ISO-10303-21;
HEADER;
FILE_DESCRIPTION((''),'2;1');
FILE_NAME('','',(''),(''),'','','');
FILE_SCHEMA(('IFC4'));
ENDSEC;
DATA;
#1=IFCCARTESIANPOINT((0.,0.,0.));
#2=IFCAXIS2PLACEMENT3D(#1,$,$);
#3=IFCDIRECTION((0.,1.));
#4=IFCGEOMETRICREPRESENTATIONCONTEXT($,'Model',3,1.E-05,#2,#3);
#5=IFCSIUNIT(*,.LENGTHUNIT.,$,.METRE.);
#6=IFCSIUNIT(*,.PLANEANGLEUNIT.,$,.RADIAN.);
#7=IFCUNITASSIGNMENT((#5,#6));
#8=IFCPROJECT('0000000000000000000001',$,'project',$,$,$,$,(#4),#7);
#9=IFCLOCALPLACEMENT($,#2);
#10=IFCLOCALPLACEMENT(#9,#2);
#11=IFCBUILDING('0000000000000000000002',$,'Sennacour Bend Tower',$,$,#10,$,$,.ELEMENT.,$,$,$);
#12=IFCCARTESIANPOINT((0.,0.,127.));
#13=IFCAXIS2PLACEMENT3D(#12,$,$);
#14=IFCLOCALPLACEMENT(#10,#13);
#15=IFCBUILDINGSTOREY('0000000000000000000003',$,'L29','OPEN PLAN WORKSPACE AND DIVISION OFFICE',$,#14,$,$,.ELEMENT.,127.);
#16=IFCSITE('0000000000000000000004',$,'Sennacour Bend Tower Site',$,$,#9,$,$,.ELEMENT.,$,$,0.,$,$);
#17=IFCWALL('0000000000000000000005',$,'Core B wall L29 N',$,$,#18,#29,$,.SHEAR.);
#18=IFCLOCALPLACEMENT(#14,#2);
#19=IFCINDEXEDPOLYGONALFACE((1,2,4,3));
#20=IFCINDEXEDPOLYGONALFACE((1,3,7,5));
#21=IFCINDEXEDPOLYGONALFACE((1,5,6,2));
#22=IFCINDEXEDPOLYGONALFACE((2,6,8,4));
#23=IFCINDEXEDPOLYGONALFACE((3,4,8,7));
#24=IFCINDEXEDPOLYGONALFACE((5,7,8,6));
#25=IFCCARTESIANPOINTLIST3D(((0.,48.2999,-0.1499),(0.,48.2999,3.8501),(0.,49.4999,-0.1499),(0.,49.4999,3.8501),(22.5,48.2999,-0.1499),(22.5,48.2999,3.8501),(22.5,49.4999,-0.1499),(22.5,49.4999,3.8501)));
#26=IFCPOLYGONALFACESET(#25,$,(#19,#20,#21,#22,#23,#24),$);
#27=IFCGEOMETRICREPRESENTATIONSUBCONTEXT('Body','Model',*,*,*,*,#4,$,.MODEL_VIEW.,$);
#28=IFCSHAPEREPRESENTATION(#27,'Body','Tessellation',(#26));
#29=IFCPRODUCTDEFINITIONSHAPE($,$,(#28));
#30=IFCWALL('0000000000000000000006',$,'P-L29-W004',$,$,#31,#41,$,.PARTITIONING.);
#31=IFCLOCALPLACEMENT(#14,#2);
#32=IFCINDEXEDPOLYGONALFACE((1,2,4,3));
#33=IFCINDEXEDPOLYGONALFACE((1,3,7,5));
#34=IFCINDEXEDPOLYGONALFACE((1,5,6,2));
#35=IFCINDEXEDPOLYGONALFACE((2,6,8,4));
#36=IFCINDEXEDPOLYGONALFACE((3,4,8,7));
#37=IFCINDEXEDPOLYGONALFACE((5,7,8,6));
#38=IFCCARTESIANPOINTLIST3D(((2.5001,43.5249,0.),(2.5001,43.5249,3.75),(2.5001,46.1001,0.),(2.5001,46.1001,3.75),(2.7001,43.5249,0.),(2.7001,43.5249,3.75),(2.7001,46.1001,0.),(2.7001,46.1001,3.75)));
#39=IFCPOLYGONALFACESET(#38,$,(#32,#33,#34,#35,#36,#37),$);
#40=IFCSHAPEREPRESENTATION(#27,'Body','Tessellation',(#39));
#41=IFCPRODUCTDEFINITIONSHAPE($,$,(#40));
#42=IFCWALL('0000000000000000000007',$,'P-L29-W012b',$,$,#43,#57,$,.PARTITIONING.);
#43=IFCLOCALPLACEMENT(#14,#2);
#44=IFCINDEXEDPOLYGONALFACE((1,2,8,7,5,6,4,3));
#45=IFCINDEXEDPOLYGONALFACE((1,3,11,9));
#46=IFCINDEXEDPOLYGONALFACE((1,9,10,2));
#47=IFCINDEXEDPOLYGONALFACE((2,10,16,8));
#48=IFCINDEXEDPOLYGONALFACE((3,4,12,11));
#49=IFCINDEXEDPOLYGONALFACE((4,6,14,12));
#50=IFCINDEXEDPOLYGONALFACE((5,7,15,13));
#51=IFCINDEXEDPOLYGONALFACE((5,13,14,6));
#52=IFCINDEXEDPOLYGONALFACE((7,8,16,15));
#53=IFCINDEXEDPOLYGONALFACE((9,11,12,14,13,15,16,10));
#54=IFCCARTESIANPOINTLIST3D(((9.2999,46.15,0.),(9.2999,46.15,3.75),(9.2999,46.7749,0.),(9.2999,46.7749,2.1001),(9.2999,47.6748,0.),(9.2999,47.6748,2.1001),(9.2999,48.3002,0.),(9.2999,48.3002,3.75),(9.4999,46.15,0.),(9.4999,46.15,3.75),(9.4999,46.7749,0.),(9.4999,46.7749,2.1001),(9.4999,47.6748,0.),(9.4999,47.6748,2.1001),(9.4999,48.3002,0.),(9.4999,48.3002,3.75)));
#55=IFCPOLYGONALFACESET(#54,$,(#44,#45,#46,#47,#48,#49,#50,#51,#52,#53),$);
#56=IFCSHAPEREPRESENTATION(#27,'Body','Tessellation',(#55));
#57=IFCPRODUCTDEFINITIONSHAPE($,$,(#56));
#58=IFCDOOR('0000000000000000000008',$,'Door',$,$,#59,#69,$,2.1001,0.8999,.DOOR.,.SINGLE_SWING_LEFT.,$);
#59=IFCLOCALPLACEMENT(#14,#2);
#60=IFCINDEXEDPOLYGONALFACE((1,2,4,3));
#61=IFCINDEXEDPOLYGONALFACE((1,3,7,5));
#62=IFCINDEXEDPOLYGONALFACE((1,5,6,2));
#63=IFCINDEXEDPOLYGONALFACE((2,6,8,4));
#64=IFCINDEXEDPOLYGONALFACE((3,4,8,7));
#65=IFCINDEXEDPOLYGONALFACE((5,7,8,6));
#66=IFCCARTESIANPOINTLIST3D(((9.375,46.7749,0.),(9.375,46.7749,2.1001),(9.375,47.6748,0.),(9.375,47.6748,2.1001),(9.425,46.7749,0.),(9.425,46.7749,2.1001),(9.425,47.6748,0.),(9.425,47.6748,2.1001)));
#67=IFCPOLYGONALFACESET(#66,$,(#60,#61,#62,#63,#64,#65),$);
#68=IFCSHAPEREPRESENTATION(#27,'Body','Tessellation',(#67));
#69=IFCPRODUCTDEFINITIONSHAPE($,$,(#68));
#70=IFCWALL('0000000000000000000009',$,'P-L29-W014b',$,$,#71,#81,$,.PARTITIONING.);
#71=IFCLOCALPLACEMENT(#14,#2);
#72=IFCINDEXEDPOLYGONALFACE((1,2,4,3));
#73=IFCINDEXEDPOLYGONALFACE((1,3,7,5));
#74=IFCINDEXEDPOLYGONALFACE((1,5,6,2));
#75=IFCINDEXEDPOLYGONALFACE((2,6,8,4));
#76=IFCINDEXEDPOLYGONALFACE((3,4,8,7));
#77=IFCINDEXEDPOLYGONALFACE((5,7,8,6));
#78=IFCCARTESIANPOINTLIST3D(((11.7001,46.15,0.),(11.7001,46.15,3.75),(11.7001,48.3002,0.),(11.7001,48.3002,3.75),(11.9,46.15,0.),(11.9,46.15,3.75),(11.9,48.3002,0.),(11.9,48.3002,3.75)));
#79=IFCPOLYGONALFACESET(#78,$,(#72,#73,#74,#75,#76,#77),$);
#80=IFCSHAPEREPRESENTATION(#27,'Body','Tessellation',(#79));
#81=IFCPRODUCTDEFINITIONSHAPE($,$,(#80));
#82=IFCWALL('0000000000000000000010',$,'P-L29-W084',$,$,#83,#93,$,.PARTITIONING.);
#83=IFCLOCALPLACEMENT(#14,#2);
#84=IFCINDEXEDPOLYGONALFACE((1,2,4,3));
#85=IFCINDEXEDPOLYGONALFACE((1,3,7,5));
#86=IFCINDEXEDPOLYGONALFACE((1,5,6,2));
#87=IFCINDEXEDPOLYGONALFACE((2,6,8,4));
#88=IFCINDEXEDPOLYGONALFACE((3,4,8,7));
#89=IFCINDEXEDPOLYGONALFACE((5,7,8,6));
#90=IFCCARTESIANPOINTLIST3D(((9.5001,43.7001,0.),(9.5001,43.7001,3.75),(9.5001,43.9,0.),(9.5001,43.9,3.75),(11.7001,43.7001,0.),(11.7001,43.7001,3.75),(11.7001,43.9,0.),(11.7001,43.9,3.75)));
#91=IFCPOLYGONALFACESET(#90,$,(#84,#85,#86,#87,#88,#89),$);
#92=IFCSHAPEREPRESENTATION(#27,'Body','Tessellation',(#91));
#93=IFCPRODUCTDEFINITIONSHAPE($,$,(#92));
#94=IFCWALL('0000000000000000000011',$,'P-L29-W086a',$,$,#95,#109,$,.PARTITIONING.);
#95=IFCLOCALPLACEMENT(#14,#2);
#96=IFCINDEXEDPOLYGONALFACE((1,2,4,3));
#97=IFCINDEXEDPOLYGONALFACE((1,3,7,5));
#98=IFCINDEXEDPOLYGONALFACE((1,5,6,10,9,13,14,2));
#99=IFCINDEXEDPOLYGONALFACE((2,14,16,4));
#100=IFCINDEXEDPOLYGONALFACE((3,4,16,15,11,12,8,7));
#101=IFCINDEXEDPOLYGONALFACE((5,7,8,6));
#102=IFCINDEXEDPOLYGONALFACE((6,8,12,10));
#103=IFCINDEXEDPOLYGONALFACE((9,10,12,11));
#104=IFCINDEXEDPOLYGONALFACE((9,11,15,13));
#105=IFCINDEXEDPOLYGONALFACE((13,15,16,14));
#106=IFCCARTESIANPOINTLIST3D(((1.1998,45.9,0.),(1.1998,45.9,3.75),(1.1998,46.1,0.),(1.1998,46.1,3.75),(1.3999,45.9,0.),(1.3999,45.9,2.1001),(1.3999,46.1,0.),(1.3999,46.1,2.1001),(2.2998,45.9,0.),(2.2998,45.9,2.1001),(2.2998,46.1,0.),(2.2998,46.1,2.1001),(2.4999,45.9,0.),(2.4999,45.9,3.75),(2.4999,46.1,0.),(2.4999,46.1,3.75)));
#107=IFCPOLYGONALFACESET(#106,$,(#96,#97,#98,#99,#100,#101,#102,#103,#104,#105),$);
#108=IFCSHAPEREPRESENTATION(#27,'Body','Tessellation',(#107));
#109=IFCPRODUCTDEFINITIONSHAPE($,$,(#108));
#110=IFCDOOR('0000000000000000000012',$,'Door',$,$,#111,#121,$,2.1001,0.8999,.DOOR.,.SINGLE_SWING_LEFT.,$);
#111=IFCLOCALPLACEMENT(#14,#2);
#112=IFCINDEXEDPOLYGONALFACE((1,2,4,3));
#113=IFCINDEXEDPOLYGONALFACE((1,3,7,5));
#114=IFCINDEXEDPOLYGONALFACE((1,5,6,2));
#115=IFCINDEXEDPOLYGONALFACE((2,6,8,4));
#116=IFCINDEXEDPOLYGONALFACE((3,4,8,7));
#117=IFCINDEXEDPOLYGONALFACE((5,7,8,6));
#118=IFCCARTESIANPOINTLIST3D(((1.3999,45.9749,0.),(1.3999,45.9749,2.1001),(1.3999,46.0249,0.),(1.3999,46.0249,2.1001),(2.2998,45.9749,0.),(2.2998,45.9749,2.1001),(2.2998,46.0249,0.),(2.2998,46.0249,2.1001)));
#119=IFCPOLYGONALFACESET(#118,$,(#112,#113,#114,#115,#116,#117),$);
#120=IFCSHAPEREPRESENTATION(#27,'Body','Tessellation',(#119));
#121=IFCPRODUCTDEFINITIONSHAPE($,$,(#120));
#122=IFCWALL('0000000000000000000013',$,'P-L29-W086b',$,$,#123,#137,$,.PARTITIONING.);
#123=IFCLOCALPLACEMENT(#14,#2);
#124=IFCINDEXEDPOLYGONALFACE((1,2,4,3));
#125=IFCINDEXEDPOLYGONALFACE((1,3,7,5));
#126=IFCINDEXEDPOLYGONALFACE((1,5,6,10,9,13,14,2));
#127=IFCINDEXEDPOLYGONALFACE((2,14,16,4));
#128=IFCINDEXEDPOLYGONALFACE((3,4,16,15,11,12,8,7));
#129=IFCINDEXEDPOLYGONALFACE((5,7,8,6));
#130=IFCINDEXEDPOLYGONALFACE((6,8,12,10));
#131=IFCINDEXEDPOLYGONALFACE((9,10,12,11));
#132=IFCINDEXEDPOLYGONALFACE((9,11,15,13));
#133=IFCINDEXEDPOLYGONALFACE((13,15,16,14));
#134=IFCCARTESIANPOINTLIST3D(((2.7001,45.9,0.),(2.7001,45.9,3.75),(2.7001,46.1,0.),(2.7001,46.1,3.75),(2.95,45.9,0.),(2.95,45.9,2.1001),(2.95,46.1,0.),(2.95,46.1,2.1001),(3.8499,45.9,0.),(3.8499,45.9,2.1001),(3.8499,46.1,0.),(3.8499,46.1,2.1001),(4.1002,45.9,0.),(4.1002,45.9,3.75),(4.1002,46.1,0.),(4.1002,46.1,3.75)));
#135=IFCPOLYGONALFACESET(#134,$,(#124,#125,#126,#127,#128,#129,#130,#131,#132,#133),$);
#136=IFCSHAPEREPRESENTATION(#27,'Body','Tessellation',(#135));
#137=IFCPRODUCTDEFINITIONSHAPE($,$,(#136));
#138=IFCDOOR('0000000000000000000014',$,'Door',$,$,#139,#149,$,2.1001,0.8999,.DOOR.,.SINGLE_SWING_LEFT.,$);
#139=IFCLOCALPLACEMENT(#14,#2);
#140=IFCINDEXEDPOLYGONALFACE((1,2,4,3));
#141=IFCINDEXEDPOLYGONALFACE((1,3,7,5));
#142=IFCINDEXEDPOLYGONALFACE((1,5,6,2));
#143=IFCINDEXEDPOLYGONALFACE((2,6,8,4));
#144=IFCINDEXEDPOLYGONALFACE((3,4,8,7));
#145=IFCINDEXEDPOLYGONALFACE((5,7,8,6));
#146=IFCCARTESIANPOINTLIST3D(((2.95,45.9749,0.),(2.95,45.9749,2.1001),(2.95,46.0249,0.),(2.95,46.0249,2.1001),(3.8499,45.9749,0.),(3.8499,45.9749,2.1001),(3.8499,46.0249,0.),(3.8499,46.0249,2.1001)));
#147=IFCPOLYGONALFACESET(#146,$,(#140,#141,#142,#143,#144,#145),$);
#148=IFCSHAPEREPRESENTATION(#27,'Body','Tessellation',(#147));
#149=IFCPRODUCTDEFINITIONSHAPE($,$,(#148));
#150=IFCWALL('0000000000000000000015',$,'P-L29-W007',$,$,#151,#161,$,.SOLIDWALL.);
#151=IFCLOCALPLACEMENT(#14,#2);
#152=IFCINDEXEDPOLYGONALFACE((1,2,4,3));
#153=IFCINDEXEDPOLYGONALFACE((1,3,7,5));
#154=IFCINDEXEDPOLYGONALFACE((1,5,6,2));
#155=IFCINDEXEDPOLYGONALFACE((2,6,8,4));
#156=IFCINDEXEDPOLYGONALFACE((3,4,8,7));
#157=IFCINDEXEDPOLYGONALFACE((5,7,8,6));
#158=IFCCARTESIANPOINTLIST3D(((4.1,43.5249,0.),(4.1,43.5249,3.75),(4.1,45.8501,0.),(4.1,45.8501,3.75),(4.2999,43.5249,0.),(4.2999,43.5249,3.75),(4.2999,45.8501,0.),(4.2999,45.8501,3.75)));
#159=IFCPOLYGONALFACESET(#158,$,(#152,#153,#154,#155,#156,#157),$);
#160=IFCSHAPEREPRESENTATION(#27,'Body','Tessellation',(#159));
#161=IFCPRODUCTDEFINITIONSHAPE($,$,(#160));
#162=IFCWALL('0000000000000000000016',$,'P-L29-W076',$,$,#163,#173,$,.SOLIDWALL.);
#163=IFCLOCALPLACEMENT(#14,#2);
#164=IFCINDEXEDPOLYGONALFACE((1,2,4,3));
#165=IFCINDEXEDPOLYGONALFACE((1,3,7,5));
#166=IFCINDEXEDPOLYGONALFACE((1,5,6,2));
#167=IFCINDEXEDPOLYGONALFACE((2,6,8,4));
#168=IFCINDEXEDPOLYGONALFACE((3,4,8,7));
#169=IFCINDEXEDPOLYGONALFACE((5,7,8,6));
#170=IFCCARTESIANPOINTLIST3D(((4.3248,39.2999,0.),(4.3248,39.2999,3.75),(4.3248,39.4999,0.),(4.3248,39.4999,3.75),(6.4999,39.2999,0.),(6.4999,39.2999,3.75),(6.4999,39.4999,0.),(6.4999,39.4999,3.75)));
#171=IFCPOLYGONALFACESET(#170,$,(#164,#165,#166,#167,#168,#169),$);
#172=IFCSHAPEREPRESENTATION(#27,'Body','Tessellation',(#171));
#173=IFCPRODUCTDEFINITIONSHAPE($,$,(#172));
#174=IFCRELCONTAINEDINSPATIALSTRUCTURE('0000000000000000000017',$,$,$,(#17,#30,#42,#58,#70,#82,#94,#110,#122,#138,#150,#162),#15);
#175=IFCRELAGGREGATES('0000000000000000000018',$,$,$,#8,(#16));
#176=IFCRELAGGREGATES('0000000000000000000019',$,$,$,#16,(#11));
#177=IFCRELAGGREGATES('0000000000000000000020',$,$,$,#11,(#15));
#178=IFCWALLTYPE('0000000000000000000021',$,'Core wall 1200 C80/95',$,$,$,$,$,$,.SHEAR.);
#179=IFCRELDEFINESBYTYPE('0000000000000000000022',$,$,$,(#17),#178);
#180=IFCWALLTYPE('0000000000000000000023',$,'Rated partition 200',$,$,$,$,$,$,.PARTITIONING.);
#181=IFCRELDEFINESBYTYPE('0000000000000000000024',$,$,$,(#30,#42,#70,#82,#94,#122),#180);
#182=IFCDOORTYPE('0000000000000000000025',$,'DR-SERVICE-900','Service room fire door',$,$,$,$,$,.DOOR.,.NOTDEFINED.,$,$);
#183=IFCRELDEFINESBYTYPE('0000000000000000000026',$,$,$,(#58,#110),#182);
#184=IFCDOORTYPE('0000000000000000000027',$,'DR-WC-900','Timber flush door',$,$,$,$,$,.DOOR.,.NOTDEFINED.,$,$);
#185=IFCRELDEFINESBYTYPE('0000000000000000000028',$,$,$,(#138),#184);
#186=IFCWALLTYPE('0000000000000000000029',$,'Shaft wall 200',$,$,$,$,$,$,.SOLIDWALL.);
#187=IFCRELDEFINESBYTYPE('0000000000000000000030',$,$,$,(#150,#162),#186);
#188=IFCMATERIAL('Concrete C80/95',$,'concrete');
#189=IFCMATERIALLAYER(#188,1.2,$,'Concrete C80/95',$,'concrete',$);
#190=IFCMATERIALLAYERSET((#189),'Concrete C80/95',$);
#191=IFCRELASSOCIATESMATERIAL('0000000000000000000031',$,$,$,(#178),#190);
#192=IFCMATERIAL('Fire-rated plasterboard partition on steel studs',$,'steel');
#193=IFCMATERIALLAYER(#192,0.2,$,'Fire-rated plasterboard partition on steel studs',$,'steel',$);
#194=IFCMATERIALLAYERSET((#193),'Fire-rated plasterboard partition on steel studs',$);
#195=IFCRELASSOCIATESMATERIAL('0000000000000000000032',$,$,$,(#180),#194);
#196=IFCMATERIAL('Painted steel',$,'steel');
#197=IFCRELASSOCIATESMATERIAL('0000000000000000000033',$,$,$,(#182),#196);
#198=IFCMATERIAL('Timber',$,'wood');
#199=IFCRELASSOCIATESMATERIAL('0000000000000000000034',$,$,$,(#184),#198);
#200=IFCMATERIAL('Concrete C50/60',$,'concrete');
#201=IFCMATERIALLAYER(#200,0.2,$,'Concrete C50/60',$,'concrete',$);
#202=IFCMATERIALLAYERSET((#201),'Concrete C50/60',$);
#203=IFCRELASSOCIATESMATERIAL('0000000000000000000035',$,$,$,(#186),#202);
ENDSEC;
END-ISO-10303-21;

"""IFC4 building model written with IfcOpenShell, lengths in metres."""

from ifc_helpers import new_model, si_unit, direction, frame, frame_2d, origin, place, context, subcontext, project, spatial, rectangle, extrude, material, layer, layer_set, type_object, element, fill, save


model = new_model("IFC4")

# Units and contexts
model_context = context("Model", 3, precision=1e-05, world=origin(), true_north=direction((0.0, 1.0)))
body_context = subcontext(model_context, "Body", "Model", "MODEL_VIEW")
ifc_project = project(units=[si_unit("LENGTHUNIT", "METRE"), si_unit("PLANEANGLEUNIT", "RADIAN")], contexts=[model_context])

# Site, building, storey
site_placement = place(None, origin())
site = spatial("IfcSite", under=ifc_project, at=site_placement, Name="Sennacour Bend Tower Site", CompositionType="ELEMENT", RefElevation=0.0)
building_placement = place(site_placement, origin())
building = spatial("IfcBuilding", under=site, at=building_placement, Name="Sennacour Bend Tower", CompositionType="ELEMENT")
storey_placement = place(building_placement, frame((0.0, 0.0, 127.0)))
storey = spatial("IfcBuildingStorey", under=building, at=storey_placement, Name="L29", Description="OPEN PLAN WORKSPACE AND DIVISION OFFICE", CompositionType="ELEMENT", Elevation=127.0)

# Walls
ifc_material_1 = material(Name="Concrete C80/95", Category="concrete")
ifc_layer_1 = layer(ifc_material_1, 1.2, Name="Concrete C80/95", Category="concrete")
ifc_layer_set_1 = layer_set([ifc_layer_1], Name="Concrete C80/95")
wall_type_1 = type_object("IfcWallType", Name="Core wall 1200 C80/95", PredefinedType="SHEAR", material=ifc_layer_set_1)
wall_1_placement = place(storey_placement, frame((0.0, 48.8999, -0.1499), z_axis=(0.0, 0.0, 1.0), x_axis=(1.0, 0.0, 0.0)))
element("IfcWall", 1, at=wall_1_placement, inside=storey, type_object=wall_type_1, Name="Core B wall L29 N", PredefinedType="SHEAR", context=body_context, shape_type="SweptSolid", body=[
    extrude(rectangle(XDim=22.5, YDim=1.2, at=frame_2d((11.25, 0.0))), origin(), (0.0, 0.0, 1.0), 4.0),
])
ifc_material_2 = material(Name="Fire-rated plasterboard partition on steel studs", Category="steel")
ifc_layer_2 = layer(ifc_material_2, 0.2, Name="Fire-rated plasterboard partition on steel studs", Category="steel")
ifc_layer_set_2 = layer_set([ifc_layer_2], Name="Fire-rated plasterboard partition on steel studs")
wall_type_2 = type_object("IfcWallType", Name="Rated partition 200", PredefinedType="PARTITIONING", material=ifc_layer_set_2)
wall_2_placement = place(storey_placement, frame((2.6001, 43.5249, 0.0), z_axis=(0.0, 0.0, 1.0), x_axis=(0.0, 1.0, 0.0)))
element("IfcWall", 2, at=wall_2_placement, inside=storey, type_object=wall_type_2, Name="P-L29-W004", PredefinedType="PARTITIONING", context=body_context, shape_type="SweptSolid", body=[
    extrude(rectangle(XDim=2.5752, YDim=0.2, at=frame_2d((1.2876, 0.0))), origin(), (0.0, 0.0, 1.0), 3.75),
])

# Wall, opening, door
wall_3_placement = place(storey_placement, frame((9.3999, 46.1499, 0.0), z_axis=(0.0, 0.0, 1.0), x_axis=(0.0, 1.0, 0.0)))
wall_3 = element("IfcWall", 3, at=wall_3_placement, inside=storey, type_object=wall_type_2, Name="P-L29-W012b", PredefinedType="PARTITIONING", context=body_context, shape_type="SweptSolid", body=[
    extrude(rectangle(XDim=2.1501, YDim=0.2, at=frame_2d((1.0752, 0.0))), origin(), (0.0, 0.0, 1.0), 3.75),
])
opening_1_placement = place(wall_3_placement, frame((0.625, 0.0, 0.0)))
opening_1 = element("IfcOpeningElement", 4, at=opening_1_placement, cuts=wall_3, PredefinedType="OPENING", context=body_context, shape_type="SweptSolid", body=[
    extrude(rectangle(XDim=0.8999, YDim=2.1001, at=frame_2d((0.45, 1.05))), frame((0.0, 0.1099, 0.0), z_axis=(0.0, -1.0, 0.0), x_axis=(1.0, 0.0, 0.0)), (0.0, 0.0, 1.0), 0.22),
])
ifc_material_3 = material(Name="Painted steel", Category="steel")
door_type_1 = type_object("IfcDoorType", Name="DR-SERVICE-900", Description="Service room fire door", OperationType="NOTDEFINED", PredefinedType="DOOR", material=ifc_material_3)
door_1_placement = place(opening_1_placement, origin())
door_1 = element("IfcDoor", 5, at=door_1_placement, inside=storey, type_object=door_type_1, Name="Door", OperationType="SINGLE_SWING_LEFT", OverallHeight=2.1001, OverallWidth=0.8999, PredefinedType="DOOR", context=body_context, shape_type="SweptSolid", body=[
    extrude(rectangle(XDim=0.8999, YDim=2.1001, at=frame_2d((0.45, 1.05))), frame((0.0, 0.0249, 0.0), z_axis=(0.0, -1.0, 0.0), x_axis=(1.0, 0.0, 0.0)), (0.0, 0.0, 1.0), 0.05),
])
fill(opening_1, door_1)

# Walls
wall_4_placement = place(storey_placement, frame((11.8, 46.1499, 0.0), z_axis=(0.0, 0.0, 1.0), x_axis=(0.0, 1.0, 0.0)))
element("IfcWall", 6, at=wall_4_placement, inside=storey, type_object=wall_type_2, Name="P-L29-W014b", PredefinedType="PARTITIONING", context=body_context, shape_type="SweptSolid", body=[
    extrude(rectangle(XDim=2.1501, YDim=0.2, at=frame_2d((1.0752, 0.0))), origin(), (0.0, 0.0, 1.0), 3.75),
])
wall_5_placement = place(storey_placement, frame((9.5, 43.8, 0.0), z_axis=(0.0, 0.0, 1.0), x_axis=(1.0, 0.0, 0.0)))
element("IfcWall", 7, at=wall_5_placement, inside=storey, type_object=wall_type_2, Name="P-L29-W084", PredefinedType="PARTITIONING", context=body_context, shape_type="SweptSolid", body=[
    extrude(rectangle(XDim=2.2, YDim=0.2, at=frame_2d((1.1001, 0.0))), origin(), (0.0, 0.0, 1.0), 3.75),
])

# Walls, openings, doors
wall_6_placement = place(storey_placement, frame((1.2, 46.0, 0.0), z_axis=(0.0, 0.0, 1.0), x_axis=(1.0, 0.0, 0.0)))
wall_6 = element("IfcWall", 8, at=wall_6_placement, inside=storey, type_object=wall_type_2, Name="P-L29-W086a", PredefinedType="PARTITIONING", context=body_context, shape_type="SweptSolid", body=[
    extrude(rectangle(XDim=1.3, YDim=0.2, at=frame_2d((0.6499, 0.0))), origin(), (0.0, 0.0, 1.0), 3.75),
])
opening_2_placement = place(wall_6_placement, frame((0.2, 0.0, 0.0)))
opening_2 = element("IfcOpeningElement", 9, at=opening_2_placement, cuts=wall_6, PredefinedType="OPENING", context=body_context, shape_type="SweptSolid", body=[
    extrude(rectangle(XDim=0.8999, YDim=2.1001, at=frame_2d((0.45, 1.05))), frame((0.0, 0.1099, 0.0), z_axis=(0.0, -1.0, 0.0), x_axis=(1.0, 0.0, 0.0)), (0.0, 0.0, 1.0), 0.22),
])
door_2_placement = place(opening_2_placement, origin())
door_2 = element("IfcDoor", 10, at=door_2_placement, inside=storey, type_object=door_type_1, Name="Door", OperationType="SINGLE_SWING_LEFT", OverallHeight=2.1001, OverallWidth=0.8999, PredefinedType="DOOR", context=body_context, shape_type="SweptSolid", body=[
    extrude(rectangle(XDim=0.8999, YDim=2.1001, at=frame_2d((0.45, 1.05))), frame((0.0, 0.0249, 0.0), z_axis=(0.0, -1.0, 0.0), x_axis=(1.0, 0.0, 0.0)), (0.0, 0.0, 1.0), 0.05),
])
fill(opening_2, door_2)
wall_7_placement = place(storey_placement, frame((2.7, 46.0, 0.0), z_axis=(0.0, 0.0, 1.0), x_axis=(1.0, 0.0, 0.0)))
wall_7 = element("IfcWall", 11, at=wall_7_placement, inside=storey, type_object=wall_type_2, Name="P-L29-W086b", PredefinedType="PARTITIONING", context=body_context, shape_type="SweptSolid", body=[
    extrude(rectangle(XDim=1.4001, YDim=0.2, at=frame_2d((0.7002, 0.0))), origin(), (0.0, 0.0, 1.0), 3.75),
])
opening_3_placement = place(wall_7_placement, frame((0.25, 0.0, 0.0)))
opening_3 = element("IfcOpeningElement", 12, at=opening_3_placement, cuts=wall_7, PredefinedType="OPENING", context=body_context, shape_type="SweptSolid", body=[
    extrude(rectangle(XDim=0.8999, YDim=2.1001, at=frame_2d((0.45, 1.05))), frame((0.0, 0.1099, 0.0), z_axis=(0.0, -1.0, 0.0), x_axis=(1.0, 0.0, 0.0)), (0.0, 0.0, 1.0), 0.22),
])
ifc_material_4 = material(Name="Timber", Category="wood")
door_type_2 = type_object("IfcDoorType", Name="DR-WC-900", Description="Timber flush door", OperationType="NOTDEFINED", PredefinedType="DOOR", material=ifc_material_4)
door_3_placement = place(opening_3_placement, origin())
door_3 = element("IfcDoor", 13, at=door_3_placement, inside=storey, type_object=door_type_2, Name="Door", OperationType="SINGLE_SWING_LEFT", OverallHeight=2.1001, OverallWidth=0.8999, PredefinedType="DOOR", context=body_context, shape_type="SweptSolid", body=[
    extrude(rectangle(XDim=0.8999, YDim=2.1001, at=frame_2d((0.45, 1.05))), frame((0.0, 0.0249, 0.0), z_axis=(0.0, -1.0, 0.0), x_axis=(1.0, 0.0, 0.0)), (0.0, 0.0, 1.0), 0.05),
])
fill(opening_3, door_3)

# Walls
ifc_material_5 = material(Name="Concrete C50/60", Category="concrete")
ifc_layer_3 = layer(ifc_material_5, 0.2, Name="Concrete C50/60", Category="concrete")
ifc_layer_set_3 = layer_set([ifc_layer_3], Name="Concrete C50/60")
wall_type_3 = type_object("IfcWallType", Name="Shaft wall 200", PredefinedType="SOLIDWALL", material=ifc_layer_set_3)
wall_8_placement = place(storey_placement, frame((4.2, 43.5249, 0.0), z_axis=(0.0, 0.0, 1.0), x_axis=(0.0, 1.0, 0.0)))
element("IfcWall", 14, at=wall_8_placement, inside=storey, type_object=wall_type_3, Name="P-L29-W007", PredefinedType="SOLIDWALL", context=body_context, shape_type="SweptSolid", body=[
    extrude(rectangle(XDim=2.3252, YDim=0.2, at=frame_2d((1.1626, 0.0))), origin(), (0.0, 0.0, 1.0), 3.75),
])
for number, where, z_axis, x_axis, name in (
    (15, (4.325, 39.3999, 0.0), (0.0, 0.0, 1.0), (1.0, 0.0, 0.0), "P-L29-W076"),
):
    element("IfcWall", number, at=place(storey_placement, frame(where, z_axis=z_axis, x_axis=x_axis)), inside=storey, type_object=wall_type_3, Name=name, PredefinedType="SOLIDWALL", context=body_context, shape_type="SweptSolid", body=[
        extrude(rectangle(XDim=2.175, YDim=0.2, at=frame_2d((1.0874, 0.0))), origin(), (0.0, 0.0, 1.0), 3.75),
    ])

save(model, "model.ifc")
